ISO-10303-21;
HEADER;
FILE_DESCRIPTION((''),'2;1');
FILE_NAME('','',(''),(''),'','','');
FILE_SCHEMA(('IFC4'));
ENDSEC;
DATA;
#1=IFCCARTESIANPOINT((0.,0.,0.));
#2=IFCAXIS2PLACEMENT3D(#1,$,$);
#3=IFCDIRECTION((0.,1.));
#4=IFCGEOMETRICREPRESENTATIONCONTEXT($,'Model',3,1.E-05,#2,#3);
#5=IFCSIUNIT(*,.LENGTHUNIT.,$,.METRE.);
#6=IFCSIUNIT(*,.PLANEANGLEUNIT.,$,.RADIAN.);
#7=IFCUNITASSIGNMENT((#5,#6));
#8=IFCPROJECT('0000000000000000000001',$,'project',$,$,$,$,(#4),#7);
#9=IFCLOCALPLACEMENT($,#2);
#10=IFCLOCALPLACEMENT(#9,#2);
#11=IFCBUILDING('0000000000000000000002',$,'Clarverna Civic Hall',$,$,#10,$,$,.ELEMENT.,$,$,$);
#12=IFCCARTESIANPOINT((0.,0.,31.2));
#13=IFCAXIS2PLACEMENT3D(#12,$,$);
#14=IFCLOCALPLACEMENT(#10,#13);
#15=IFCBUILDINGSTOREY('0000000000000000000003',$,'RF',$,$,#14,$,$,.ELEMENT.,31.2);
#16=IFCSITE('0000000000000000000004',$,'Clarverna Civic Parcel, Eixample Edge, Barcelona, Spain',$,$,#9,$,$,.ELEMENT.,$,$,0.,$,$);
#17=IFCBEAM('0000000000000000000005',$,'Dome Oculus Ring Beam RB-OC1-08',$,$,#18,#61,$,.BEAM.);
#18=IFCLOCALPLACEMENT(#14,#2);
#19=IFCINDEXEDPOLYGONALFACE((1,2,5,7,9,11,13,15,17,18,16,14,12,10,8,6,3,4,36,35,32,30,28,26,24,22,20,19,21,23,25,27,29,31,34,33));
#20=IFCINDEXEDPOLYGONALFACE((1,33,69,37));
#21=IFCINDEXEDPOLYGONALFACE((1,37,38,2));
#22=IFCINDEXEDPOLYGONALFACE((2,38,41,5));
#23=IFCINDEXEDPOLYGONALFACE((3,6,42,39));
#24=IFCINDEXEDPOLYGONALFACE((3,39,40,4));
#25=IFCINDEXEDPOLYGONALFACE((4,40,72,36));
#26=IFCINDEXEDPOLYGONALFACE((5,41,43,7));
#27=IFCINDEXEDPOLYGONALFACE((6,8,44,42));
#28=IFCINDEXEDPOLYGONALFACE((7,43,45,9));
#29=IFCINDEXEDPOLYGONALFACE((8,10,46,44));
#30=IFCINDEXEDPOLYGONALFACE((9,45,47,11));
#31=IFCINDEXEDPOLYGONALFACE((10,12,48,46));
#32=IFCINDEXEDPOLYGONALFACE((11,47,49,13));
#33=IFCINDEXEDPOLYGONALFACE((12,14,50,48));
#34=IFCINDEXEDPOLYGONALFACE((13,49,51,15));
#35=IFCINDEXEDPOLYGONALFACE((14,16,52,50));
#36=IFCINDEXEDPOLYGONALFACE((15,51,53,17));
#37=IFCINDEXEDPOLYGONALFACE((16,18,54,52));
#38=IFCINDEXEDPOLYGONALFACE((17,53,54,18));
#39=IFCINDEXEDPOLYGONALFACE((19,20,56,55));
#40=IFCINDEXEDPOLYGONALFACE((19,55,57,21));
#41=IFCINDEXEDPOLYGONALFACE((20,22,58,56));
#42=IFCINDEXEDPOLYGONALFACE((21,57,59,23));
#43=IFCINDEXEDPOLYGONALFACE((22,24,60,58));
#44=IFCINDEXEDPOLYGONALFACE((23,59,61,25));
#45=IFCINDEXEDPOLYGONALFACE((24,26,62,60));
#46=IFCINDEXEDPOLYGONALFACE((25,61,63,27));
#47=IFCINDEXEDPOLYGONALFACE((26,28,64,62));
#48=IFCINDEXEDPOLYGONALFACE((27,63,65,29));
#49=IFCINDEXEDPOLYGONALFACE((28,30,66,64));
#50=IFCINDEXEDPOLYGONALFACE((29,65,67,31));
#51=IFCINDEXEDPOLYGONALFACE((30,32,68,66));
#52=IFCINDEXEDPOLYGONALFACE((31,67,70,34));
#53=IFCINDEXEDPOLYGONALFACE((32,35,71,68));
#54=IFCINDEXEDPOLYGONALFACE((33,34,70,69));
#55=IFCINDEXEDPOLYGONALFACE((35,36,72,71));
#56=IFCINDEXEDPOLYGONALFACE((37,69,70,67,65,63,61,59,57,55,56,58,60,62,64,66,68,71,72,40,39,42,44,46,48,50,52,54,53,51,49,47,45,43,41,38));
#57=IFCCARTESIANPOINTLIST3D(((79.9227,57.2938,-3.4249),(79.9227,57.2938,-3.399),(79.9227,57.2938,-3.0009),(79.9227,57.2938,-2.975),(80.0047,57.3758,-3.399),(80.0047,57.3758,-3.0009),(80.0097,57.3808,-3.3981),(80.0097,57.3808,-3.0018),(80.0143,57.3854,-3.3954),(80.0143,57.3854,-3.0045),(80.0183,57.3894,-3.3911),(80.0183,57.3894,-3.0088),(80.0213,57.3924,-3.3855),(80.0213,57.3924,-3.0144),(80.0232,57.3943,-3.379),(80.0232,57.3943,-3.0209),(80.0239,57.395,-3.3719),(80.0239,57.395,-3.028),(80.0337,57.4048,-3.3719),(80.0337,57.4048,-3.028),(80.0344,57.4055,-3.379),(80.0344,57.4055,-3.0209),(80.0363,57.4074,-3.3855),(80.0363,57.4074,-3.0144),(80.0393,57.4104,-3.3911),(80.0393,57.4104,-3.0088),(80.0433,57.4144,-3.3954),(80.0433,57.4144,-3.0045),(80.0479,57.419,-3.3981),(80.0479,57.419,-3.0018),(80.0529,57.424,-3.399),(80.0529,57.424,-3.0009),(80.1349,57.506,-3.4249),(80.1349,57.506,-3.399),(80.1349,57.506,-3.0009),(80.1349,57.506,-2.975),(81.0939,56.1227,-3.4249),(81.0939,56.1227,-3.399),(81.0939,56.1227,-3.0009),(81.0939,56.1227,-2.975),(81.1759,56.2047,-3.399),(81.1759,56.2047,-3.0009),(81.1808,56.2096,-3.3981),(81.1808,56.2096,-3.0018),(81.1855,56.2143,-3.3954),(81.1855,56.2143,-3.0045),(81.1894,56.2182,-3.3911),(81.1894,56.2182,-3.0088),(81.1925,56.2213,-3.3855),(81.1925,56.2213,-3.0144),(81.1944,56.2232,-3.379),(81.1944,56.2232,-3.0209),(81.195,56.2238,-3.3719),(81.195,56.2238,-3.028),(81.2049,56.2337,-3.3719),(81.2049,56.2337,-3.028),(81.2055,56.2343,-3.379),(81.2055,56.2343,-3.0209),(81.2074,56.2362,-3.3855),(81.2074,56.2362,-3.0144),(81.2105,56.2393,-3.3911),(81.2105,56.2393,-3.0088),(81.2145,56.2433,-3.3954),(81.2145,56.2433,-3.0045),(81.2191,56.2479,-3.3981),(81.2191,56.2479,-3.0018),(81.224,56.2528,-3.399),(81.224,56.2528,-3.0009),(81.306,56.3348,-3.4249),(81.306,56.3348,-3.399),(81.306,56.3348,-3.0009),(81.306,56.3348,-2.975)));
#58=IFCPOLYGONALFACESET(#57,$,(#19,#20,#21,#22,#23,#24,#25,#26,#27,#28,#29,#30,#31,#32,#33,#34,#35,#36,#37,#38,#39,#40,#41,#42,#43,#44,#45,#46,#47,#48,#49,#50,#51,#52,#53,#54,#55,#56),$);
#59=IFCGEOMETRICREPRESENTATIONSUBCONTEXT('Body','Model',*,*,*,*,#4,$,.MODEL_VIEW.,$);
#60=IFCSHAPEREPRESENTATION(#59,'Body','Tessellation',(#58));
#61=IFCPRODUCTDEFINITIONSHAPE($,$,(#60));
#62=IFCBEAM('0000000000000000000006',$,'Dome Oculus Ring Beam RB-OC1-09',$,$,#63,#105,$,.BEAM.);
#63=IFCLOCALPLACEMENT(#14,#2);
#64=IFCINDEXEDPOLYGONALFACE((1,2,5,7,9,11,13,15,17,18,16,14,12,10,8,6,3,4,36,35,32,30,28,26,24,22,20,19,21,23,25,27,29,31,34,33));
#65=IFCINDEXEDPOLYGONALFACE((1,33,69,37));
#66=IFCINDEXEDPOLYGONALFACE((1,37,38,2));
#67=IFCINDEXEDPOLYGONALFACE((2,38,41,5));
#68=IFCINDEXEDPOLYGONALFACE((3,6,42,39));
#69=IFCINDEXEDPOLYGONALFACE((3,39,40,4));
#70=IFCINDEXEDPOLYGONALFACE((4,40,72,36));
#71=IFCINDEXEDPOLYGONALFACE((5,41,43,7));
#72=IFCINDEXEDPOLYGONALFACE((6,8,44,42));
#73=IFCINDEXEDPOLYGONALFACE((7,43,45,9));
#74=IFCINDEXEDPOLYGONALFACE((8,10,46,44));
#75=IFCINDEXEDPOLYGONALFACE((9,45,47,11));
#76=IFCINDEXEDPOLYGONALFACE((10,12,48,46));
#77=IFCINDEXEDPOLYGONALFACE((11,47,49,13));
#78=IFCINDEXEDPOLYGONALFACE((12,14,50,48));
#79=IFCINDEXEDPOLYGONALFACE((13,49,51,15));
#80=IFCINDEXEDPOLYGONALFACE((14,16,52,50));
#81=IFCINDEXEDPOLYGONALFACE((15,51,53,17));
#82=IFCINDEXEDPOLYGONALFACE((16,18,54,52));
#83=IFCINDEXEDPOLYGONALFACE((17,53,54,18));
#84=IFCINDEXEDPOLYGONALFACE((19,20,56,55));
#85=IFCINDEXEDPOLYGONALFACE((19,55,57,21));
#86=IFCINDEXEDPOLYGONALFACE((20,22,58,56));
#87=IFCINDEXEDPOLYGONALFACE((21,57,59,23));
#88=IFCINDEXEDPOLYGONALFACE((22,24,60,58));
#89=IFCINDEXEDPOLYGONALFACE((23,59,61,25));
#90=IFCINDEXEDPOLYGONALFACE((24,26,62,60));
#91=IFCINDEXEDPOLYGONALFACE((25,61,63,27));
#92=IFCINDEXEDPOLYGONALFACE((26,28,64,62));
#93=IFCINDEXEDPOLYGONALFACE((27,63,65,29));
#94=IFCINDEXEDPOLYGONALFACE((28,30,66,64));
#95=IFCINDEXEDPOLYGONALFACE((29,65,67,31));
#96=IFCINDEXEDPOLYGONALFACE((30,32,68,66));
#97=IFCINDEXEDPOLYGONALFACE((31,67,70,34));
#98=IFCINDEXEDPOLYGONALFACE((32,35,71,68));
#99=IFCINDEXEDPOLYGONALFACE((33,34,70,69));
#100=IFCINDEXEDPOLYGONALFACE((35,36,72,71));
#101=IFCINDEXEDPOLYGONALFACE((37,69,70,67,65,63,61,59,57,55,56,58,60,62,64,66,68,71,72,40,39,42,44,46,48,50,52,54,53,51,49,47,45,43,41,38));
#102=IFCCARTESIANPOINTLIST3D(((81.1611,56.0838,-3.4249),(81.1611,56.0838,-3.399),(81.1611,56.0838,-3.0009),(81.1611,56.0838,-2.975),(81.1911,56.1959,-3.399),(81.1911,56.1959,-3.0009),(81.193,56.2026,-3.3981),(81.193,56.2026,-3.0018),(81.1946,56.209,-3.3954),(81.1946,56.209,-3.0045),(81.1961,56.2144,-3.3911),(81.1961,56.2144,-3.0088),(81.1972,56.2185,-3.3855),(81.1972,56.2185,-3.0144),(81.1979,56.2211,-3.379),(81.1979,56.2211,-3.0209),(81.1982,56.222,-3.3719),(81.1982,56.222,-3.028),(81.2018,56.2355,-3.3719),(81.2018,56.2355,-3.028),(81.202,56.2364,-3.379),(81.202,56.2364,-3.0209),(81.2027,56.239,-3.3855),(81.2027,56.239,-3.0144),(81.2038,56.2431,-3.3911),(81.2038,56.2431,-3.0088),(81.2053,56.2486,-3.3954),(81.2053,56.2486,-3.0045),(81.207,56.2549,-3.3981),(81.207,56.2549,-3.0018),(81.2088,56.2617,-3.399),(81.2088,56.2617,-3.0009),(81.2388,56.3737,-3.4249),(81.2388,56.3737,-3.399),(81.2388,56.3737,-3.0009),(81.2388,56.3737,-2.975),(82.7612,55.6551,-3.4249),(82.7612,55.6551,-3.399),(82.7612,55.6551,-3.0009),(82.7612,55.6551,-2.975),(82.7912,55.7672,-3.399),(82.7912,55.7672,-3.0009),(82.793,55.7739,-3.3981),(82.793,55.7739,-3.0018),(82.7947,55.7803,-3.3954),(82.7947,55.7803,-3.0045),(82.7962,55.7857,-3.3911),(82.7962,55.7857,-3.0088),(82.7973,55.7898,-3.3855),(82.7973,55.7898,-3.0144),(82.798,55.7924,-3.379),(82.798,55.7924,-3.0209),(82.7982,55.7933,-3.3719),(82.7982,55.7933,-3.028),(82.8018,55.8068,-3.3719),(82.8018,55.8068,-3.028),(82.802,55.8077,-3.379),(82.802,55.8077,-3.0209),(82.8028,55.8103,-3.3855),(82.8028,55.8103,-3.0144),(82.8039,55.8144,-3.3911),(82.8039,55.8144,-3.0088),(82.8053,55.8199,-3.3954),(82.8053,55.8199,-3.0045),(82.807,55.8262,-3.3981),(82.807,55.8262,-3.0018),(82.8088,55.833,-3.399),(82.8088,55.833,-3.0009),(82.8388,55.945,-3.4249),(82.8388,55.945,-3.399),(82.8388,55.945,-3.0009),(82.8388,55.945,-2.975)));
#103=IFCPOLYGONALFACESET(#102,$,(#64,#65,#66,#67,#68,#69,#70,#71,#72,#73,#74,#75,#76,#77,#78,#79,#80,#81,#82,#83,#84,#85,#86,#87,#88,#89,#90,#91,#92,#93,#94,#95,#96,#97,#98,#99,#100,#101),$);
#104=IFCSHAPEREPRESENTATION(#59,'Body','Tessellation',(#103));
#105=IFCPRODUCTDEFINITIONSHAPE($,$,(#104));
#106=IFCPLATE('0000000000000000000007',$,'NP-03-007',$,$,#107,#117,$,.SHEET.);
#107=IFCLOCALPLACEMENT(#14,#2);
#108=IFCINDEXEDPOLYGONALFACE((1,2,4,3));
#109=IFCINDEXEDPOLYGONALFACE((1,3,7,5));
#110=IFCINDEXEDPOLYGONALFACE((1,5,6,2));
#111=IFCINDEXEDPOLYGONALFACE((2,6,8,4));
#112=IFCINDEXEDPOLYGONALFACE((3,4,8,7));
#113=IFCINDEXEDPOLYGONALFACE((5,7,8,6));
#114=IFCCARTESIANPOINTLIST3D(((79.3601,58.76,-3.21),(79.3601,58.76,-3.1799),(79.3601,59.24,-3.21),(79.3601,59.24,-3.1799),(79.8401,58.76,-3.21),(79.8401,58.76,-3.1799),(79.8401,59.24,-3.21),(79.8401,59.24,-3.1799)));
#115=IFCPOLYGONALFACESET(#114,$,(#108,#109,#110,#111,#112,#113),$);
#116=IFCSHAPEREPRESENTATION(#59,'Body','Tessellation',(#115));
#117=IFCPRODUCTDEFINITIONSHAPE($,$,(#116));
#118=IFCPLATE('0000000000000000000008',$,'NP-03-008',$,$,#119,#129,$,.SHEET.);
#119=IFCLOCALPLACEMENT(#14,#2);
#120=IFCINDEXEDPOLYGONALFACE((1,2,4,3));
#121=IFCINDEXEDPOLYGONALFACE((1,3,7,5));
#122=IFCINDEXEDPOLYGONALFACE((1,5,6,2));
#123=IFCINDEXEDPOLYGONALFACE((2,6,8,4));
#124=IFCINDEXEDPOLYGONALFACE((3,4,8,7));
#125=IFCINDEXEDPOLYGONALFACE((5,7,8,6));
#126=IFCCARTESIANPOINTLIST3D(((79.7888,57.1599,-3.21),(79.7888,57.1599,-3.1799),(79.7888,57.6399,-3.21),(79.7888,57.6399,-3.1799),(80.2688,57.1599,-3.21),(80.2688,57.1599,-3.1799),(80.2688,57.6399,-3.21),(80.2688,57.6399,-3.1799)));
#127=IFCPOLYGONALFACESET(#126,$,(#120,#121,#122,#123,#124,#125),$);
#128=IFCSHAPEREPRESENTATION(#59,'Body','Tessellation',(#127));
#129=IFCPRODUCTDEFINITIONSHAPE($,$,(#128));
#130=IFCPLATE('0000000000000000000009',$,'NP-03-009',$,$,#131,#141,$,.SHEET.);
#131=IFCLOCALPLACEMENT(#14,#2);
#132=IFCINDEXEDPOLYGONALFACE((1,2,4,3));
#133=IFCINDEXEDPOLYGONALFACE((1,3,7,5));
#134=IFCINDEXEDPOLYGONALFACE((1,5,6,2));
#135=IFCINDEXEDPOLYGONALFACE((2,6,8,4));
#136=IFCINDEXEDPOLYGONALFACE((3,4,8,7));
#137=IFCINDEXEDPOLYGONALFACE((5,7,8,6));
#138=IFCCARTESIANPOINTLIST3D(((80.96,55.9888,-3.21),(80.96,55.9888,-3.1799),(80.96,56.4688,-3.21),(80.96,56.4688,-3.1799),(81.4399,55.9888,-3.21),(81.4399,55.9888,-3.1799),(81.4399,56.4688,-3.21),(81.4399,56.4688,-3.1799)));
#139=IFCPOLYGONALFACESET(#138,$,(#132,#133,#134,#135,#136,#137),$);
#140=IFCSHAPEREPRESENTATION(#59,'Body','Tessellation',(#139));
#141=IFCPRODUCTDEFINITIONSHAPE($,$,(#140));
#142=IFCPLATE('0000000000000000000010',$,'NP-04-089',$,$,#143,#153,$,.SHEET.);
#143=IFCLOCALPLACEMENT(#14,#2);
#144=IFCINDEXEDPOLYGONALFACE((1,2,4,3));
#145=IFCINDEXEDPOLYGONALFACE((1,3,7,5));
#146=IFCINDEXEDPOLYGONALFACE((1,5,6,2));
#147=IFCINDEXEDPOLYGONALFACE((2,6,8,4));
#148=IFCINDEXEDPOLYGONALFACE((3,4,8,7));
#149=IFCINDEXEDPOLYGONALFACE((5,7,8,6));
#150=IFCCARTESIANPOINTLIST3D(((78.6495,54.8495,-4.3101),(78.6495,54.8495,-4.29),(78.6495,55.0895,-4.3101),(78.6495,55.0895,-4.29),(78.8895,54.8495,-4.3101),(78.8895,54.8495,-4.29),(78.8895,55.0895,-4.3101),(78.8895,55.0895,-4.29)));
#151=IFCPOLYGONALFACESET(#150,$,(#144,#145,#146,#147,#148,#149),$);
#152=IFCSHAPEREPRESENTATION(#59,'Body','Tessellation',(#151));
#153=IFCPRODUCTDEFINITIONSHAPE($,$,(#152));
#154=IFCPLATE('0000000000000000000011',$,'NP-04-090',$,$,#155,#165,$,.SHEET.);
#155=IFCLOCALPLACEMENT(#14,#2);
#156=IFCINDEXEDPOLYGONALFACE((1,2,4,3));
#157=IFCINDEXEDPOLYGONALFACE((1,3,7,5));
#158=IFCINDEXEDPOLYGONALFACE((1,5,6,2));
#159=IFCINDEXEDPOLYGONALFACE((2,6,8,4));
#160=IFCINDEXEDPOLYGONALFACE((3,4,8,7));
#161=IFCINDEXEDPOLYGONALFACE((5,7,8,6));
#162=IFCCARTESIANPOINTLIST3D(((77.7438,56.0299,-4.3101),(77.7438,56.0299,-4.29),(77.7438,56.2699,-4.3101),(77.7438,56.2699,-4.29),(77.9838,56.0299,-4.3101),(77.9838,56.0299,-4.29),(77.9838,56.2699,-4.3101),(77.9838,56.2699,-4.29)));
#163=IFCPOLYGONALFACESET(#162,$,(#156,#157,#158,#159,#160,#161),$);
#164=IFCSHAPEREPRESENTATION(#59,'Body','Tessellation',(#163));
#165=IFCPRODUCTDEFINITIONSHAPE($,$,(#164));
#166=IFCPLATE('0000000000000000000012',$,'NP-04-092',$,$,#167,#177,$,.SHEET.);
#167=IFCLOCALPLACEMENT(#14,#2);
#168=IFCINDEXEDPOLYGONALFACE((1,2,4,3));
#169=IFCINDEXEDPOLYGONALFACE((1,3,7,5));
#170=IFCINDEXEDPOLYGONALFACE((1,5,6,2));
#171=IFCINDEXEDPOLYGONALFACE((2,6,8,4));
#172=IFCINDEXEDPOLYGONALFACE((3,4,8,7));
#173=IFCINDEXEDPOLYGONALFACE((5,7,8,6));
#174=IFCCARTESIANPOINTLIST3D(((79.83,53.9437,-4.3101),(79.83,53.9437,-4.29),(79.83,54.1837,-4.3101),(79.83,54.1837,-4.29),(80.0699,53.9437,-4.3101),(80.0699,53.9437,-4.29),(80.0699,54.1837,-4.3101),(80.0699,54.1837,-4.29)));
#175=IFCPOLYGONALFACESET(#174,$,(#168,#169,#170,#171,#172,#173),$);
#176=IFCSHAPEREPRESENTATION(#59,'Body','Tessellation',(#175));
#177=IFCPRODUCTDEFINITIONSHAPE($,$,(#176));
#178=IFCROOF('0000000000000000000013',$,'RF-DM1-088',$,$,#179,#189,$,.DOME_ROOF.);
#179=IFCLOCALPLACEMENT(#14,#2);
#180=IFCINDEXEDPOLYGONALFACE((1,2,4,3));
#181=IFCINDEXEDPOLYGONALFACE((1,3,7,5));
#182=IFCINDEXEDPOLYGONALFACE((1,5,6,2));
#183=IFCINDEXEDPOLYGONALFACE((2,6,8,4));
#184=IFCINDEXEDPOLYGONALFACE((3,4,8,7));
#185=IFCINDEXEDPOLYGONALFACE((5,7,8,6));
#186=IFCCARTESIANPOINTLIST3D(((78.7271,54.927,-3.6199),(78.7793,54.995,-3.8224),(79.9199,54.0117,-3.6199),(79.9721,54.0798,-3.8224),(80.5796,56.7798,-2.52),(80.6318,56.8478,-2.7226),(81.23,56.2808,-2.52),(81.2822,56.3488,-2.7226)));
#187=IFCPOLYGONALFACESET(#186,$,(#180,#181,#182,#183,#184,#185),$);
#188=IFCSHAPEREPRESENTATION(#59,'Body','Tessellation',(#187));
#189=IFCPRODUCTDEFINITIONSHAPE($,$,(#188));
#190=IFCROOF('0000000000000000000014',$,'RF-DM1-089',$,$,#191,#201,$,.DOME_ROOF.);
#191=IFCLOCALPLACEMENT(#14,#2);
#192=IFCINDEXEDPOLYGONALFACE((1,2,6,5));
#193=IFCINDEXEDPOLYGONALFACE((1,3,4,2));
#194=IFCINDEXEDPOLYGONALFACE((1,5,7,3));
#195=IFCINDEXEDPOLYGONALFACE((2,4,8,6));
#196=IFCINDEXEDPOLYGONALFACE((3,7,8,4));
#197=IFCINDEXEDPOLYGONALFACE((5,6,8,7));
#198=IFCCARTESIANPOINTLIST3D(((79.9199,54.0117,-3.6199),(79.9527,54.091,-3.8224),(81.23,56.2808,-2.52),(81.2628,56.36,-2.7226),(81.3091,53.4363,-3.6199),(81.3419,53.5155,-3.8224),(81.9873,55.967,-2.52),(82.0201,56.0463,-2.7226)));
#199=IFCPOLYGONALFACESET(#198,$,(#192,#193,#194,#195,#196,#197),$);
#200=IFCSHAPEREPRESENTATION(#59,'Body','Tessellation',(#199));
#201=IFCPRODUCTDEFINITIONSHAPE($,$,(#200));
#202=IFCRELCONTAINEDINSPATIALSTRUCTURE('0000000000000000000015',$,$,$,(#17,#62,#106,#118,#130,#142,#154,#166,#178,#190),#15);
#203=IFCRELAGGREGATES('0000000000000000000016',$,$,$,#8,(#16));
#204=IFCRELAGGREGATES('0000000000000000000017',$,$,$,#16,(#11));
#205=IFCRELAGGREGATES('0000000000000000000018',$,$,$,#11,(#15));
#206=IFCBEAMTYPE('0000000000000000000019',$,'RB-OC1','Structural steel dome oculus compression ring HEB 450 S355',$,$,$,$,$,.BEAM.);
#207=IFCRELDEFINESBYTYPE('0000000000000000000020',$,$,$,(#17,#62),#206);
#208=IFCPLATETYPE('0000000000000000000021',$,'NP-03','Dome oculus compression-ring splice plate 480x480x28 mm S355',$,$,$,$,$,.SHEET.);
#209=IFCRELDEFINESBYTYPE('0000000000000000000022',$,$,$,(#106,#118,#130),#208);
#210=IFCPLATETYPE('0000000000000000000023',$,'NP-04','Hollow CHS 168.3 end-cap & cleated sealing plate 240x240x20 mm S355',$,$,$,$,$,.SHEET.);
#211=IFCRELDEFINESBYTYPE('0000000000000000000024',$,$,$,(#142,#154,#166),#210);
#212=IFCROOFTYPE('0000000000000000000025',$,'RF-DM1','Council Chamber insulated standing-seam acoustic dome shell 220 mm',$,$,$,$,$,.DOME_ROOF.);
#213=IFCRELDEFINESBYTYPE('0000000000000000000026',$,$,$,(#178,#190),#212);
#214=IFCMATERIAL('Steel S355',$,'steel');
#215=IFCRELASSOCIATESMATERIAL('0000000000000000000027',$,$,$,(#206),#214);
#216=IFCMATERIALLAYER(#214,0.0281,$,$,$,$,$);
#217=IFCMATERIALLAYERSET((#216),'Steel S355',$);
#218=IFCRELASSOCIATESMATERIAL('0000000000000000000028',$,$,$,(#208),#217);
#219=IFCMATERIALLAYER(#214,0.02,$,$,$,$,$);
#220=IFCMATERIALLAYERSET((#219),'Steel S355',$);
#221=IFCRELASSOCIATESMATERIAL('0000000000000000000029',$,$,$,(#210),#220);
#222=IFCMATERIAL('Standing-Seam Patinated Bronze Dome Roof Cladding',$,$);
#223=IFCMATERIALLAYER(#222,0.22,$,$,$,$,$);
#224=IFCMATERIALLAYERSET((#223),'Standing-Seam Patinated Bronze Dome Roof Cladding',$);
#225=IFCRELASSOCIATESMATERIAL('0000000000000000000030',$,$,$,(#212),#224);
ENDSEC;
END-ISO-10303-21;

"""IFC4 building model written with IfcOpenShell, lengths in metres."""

from ifc_helpers import new_model, si_unit, direction, frame, origin, origin_2d, place, context, subcontext, project, spatial, polyline, rectangle, i_section, outline, extrude, material, layer, layer_set, material_profile, profile_set, type_object, element, save


model = new_model("IFC4")

# Units and contexts
model_context = context("Model", 3, precision=1e-05, world=origin(), true_north=direction((0.0, 1.0)))
body_context = subcontext(model_context, "Body", "Model", "MODEL_VIEW")
ifc_project = project(units=[si_unit("LENGTHUNIT", "METRE"), si_unit("PLANEANGLEUNIT", "RADIAN")], contexts=[model_context])

# Site, building, storey
site_placement = place(None, origin())
site = spatial("IfcSite", under=ifc_project, at=site_placement, Name="Clarverna Civic Parcel, Eixample Edge, Barcelona, Spain", CompositionType="ELEMENT", RefElevation=0.0)
building_placement = place(site_placement, origin())
building = spatial("IfcBuilding", under=site, at=building_placement, Name="Clarverna Civic Hall", CompositionType="ELEMENT")
storey_placement = place(building_placement, frame((0.0, 0.0, 31.2)))
storey = spatial("IfcBuildingStorey", under=building, at=storey_placement, Name="RF", CompositionType="ELEMENT", Elevation=31.2)

# Shared definitions
ifc_material_1 = material(Name="Steel S355", Category="steel")

# Beams
ifc_material_profile_1 = material_profile(ifc_material_1, i_section(OverallWidth=0.3, OverallDepth=0.45, WebThickness=0.0139, FlangeThickness=0.0259, FilletRadius=0.0271, at=origin_2d()), Name="HEB 450")
ifc_profile_set_1 = profile_set([ifc_material_profile_1], Name="Steel S355")
beam_type = type_object("IfcBeamType", Name="RB-OC1", Description="Structural steel dome oculus compression ring HEB 450 S355", PredefinedType="BEAM", material=ifc_profile_set_1)
beam_1_placement = place(storey_placement, frame((80.0288, 57.3999, -3.2), z_axis=(0.707107, -0.707107, 0.0), x_axis=(0.707107, 0.707107, 0.0)))
element("IfcBeam", 1, at=beam_1_placement, inside=storey, type_object=beam_type, Name="Dome Oculus Ring Beam RB-OC1-08", PredefinedType="BEAM", context=body_context, shape_type="SweptSolid", body=[
    extrude(i_section(OverallWidth=0.3, OverallDepth=0.45, WebThickness=0.0139, FlangeThickness=0.0259, FilletRadius=0.0271, at=origin_2d()), origin(), (0.0, 0.0, 1.0), 1.6562),
])
beam_2_placement = place(storey_placement, frame((81.2, 56.2288, -3.2), z_axis=(0.965931, -0.2588, 0.0), x_axis=(0.2588, 0.965931, 0.0)))
element("IfcBeam", 2, at=beam_2_placement, inside=storey, type_object=beam_type, Name="Dome Oculus Ring Beam RB-OC1-09", PredefinedType="BEAM", context=body_context, shape_type="SweptSolid", body=[
    extrude(i_section(OverallWidth=0.3, OverallDepth=0.45, WebThickness=0.0139, FlangeThickness=0.0259, FilletRadius=0.0271, at=origin_2d()), origin(), (0.0, 0.0, 1.0), 1.6565),
])

# Plates
ifc_layer_1 = layer(ifc_material_1, 0.0281)
ifc_layer_set_1 = layer_set([ifc_layer_1], Name="Steel S355")
plate_type_1 = type_object("IfcPlateType", Name="NP-03", Description="Dome oculus compression-ring splice plate 480x480x28 mm S355", PredefinedType="SHEET", material=ifc_layer_set_1)
for number, where, z_axis, x_axis, name in (
    (3, (79.6001, 59.0, -3.21), (0.0, 0.0, 1.0), (1.0, 0.0, 0.0), "NP-03-007"),
    (4, (80.0288, 57.3999, -3.21), (0.0, 0.0, 1.0), (1.0, 0.0, 0.0), "NP-03-008"),
    (5, (81.2, 56.2288, -3.21), (0.0, 0.0, 1.0), (1.0, 0.0, 0.0), "NP-03-009"),
):
    element("IfcPlate", number, at=place(storey_placement, frame(where, z_axis=z_axis, x_axis=x_axis)), inside=storey, type_object=plate_type_1, Name=name, PredefinedType="SHEET", context=body_context, shape_type="SweptSolid", body=[
        extrude(rectangle(XDim=0.48, YDim=0.48, at=origin_2d()), origin(), (0.0, 0.0, 1.0), 0.03),
    ])
ifc_layer_2 = layer(ifc_material_1, 0.02)
ifc_layer_set_2 = layer_set([ifc_layer_2], Name="Steel S355")
plate_type_2 = type_object("IfcPlateType", Name="NP-04", Description="Hollow CHS 168.3 end-cap & cleated sealing plate 240x240x20 mm S355", PredefinedType="SHEET", material=ifc_layer_set_2)
for number, where, z_axis, x_axis, name in (
    (6, (78.7695, 54.9695, -4.3101), (0.0, 0.0, 1.0), (1.0, 0.0, 0.0), "NP-04-089"),
    (7, (77.8638, 56.1499, -4.3101), (0.0, 0.0, 1.0), (1.0, 0.0, 0.0), "NP-04-090"),
    (8, (79.95, 54.0637, -4.3101), (0.0, 0.0, 1.0), (1.0, 0.0, 0.0), "NP-04-092"),
):
    element("IfcPlate", number, at=place(storey_placement, frame(where, z_axis=z_axis, x_axis=x_axis)), inside=storey, type_object=plate_type_2, Name=name, PredefinedType="SHEET", context=body_context, shape_type="SweptSolid", body=[
        extrude(rectangle(XDim=0.24, YDim=0.24, at=origin_2d()), origin(), (0.0, 0.0, 1.0), 0.02),
    ])

# Roofs
ifc_material_2 = material(Name="Standing-Seam Patinated Bronze Dome Roof Cladding")
ifc_layer_3 = layer(ifc_material_2, 0.22)
ifc_layer_set_3 = layer_set([ifc_layer_3], Name="Standing-Seam Patinated Bronze Dome Roof Cladding")
roof_type = type_object("IfcRoofType", Name="RF-DM1", Description="Council Chamber insulated standing-seam acoustic dome shell 220 mm", PredefinedType="DOME_ROOF", material=ifc_layer_set_3)
roof_1_placement = place(storey_placement, frame((78.7271, 54.927, -3.6199), z_axis=(-0.237343, -0.309329, 0.92086), x_axis=(0.793366, -0.608744, -0.000002)))
element("IfcRoof", 9, at=roof_1_placement, inside=storey, type_object=roof_type, Name="RF-DM1-088", PredefinedType="DOME_ROOF", context=body_context, shape_type="SweptSolid", body=[
    extrude(outline(polyline([(0.0, 0.0), (1.5036, 0.0), (1.1616, 2.8209), (0.3419, 2.8209), (0.0, 0.0)])), origin(), (0.0, 0.0, -1.0), 0.22),
])
roof_2_placement = place(storey_placement, frame((79.9199, 54.0117, -3.6199), z_axis=(-0.149214, -0.360211, 0.92086), x_axis=(0.923872, -0.382701, 0.000001)))
element("IfcRoof", 10, at=roof_2_placement, inside=storey, type_object=roof_type, Name="RF-DM1-089", PredefinedType="DOME_ROOF", context=body_context, shape_type="SweptSolid", body=[
    extrude(outline(polyline([(0.0, 0.0), (1.5036, 0.0), (1.1617, 2.8209), (0.342, 2.8209), (0.0, 0.0)])), origin(), (0.0, 0.0, -1.0), 0.22),
])

save(model, "model.ifc")
